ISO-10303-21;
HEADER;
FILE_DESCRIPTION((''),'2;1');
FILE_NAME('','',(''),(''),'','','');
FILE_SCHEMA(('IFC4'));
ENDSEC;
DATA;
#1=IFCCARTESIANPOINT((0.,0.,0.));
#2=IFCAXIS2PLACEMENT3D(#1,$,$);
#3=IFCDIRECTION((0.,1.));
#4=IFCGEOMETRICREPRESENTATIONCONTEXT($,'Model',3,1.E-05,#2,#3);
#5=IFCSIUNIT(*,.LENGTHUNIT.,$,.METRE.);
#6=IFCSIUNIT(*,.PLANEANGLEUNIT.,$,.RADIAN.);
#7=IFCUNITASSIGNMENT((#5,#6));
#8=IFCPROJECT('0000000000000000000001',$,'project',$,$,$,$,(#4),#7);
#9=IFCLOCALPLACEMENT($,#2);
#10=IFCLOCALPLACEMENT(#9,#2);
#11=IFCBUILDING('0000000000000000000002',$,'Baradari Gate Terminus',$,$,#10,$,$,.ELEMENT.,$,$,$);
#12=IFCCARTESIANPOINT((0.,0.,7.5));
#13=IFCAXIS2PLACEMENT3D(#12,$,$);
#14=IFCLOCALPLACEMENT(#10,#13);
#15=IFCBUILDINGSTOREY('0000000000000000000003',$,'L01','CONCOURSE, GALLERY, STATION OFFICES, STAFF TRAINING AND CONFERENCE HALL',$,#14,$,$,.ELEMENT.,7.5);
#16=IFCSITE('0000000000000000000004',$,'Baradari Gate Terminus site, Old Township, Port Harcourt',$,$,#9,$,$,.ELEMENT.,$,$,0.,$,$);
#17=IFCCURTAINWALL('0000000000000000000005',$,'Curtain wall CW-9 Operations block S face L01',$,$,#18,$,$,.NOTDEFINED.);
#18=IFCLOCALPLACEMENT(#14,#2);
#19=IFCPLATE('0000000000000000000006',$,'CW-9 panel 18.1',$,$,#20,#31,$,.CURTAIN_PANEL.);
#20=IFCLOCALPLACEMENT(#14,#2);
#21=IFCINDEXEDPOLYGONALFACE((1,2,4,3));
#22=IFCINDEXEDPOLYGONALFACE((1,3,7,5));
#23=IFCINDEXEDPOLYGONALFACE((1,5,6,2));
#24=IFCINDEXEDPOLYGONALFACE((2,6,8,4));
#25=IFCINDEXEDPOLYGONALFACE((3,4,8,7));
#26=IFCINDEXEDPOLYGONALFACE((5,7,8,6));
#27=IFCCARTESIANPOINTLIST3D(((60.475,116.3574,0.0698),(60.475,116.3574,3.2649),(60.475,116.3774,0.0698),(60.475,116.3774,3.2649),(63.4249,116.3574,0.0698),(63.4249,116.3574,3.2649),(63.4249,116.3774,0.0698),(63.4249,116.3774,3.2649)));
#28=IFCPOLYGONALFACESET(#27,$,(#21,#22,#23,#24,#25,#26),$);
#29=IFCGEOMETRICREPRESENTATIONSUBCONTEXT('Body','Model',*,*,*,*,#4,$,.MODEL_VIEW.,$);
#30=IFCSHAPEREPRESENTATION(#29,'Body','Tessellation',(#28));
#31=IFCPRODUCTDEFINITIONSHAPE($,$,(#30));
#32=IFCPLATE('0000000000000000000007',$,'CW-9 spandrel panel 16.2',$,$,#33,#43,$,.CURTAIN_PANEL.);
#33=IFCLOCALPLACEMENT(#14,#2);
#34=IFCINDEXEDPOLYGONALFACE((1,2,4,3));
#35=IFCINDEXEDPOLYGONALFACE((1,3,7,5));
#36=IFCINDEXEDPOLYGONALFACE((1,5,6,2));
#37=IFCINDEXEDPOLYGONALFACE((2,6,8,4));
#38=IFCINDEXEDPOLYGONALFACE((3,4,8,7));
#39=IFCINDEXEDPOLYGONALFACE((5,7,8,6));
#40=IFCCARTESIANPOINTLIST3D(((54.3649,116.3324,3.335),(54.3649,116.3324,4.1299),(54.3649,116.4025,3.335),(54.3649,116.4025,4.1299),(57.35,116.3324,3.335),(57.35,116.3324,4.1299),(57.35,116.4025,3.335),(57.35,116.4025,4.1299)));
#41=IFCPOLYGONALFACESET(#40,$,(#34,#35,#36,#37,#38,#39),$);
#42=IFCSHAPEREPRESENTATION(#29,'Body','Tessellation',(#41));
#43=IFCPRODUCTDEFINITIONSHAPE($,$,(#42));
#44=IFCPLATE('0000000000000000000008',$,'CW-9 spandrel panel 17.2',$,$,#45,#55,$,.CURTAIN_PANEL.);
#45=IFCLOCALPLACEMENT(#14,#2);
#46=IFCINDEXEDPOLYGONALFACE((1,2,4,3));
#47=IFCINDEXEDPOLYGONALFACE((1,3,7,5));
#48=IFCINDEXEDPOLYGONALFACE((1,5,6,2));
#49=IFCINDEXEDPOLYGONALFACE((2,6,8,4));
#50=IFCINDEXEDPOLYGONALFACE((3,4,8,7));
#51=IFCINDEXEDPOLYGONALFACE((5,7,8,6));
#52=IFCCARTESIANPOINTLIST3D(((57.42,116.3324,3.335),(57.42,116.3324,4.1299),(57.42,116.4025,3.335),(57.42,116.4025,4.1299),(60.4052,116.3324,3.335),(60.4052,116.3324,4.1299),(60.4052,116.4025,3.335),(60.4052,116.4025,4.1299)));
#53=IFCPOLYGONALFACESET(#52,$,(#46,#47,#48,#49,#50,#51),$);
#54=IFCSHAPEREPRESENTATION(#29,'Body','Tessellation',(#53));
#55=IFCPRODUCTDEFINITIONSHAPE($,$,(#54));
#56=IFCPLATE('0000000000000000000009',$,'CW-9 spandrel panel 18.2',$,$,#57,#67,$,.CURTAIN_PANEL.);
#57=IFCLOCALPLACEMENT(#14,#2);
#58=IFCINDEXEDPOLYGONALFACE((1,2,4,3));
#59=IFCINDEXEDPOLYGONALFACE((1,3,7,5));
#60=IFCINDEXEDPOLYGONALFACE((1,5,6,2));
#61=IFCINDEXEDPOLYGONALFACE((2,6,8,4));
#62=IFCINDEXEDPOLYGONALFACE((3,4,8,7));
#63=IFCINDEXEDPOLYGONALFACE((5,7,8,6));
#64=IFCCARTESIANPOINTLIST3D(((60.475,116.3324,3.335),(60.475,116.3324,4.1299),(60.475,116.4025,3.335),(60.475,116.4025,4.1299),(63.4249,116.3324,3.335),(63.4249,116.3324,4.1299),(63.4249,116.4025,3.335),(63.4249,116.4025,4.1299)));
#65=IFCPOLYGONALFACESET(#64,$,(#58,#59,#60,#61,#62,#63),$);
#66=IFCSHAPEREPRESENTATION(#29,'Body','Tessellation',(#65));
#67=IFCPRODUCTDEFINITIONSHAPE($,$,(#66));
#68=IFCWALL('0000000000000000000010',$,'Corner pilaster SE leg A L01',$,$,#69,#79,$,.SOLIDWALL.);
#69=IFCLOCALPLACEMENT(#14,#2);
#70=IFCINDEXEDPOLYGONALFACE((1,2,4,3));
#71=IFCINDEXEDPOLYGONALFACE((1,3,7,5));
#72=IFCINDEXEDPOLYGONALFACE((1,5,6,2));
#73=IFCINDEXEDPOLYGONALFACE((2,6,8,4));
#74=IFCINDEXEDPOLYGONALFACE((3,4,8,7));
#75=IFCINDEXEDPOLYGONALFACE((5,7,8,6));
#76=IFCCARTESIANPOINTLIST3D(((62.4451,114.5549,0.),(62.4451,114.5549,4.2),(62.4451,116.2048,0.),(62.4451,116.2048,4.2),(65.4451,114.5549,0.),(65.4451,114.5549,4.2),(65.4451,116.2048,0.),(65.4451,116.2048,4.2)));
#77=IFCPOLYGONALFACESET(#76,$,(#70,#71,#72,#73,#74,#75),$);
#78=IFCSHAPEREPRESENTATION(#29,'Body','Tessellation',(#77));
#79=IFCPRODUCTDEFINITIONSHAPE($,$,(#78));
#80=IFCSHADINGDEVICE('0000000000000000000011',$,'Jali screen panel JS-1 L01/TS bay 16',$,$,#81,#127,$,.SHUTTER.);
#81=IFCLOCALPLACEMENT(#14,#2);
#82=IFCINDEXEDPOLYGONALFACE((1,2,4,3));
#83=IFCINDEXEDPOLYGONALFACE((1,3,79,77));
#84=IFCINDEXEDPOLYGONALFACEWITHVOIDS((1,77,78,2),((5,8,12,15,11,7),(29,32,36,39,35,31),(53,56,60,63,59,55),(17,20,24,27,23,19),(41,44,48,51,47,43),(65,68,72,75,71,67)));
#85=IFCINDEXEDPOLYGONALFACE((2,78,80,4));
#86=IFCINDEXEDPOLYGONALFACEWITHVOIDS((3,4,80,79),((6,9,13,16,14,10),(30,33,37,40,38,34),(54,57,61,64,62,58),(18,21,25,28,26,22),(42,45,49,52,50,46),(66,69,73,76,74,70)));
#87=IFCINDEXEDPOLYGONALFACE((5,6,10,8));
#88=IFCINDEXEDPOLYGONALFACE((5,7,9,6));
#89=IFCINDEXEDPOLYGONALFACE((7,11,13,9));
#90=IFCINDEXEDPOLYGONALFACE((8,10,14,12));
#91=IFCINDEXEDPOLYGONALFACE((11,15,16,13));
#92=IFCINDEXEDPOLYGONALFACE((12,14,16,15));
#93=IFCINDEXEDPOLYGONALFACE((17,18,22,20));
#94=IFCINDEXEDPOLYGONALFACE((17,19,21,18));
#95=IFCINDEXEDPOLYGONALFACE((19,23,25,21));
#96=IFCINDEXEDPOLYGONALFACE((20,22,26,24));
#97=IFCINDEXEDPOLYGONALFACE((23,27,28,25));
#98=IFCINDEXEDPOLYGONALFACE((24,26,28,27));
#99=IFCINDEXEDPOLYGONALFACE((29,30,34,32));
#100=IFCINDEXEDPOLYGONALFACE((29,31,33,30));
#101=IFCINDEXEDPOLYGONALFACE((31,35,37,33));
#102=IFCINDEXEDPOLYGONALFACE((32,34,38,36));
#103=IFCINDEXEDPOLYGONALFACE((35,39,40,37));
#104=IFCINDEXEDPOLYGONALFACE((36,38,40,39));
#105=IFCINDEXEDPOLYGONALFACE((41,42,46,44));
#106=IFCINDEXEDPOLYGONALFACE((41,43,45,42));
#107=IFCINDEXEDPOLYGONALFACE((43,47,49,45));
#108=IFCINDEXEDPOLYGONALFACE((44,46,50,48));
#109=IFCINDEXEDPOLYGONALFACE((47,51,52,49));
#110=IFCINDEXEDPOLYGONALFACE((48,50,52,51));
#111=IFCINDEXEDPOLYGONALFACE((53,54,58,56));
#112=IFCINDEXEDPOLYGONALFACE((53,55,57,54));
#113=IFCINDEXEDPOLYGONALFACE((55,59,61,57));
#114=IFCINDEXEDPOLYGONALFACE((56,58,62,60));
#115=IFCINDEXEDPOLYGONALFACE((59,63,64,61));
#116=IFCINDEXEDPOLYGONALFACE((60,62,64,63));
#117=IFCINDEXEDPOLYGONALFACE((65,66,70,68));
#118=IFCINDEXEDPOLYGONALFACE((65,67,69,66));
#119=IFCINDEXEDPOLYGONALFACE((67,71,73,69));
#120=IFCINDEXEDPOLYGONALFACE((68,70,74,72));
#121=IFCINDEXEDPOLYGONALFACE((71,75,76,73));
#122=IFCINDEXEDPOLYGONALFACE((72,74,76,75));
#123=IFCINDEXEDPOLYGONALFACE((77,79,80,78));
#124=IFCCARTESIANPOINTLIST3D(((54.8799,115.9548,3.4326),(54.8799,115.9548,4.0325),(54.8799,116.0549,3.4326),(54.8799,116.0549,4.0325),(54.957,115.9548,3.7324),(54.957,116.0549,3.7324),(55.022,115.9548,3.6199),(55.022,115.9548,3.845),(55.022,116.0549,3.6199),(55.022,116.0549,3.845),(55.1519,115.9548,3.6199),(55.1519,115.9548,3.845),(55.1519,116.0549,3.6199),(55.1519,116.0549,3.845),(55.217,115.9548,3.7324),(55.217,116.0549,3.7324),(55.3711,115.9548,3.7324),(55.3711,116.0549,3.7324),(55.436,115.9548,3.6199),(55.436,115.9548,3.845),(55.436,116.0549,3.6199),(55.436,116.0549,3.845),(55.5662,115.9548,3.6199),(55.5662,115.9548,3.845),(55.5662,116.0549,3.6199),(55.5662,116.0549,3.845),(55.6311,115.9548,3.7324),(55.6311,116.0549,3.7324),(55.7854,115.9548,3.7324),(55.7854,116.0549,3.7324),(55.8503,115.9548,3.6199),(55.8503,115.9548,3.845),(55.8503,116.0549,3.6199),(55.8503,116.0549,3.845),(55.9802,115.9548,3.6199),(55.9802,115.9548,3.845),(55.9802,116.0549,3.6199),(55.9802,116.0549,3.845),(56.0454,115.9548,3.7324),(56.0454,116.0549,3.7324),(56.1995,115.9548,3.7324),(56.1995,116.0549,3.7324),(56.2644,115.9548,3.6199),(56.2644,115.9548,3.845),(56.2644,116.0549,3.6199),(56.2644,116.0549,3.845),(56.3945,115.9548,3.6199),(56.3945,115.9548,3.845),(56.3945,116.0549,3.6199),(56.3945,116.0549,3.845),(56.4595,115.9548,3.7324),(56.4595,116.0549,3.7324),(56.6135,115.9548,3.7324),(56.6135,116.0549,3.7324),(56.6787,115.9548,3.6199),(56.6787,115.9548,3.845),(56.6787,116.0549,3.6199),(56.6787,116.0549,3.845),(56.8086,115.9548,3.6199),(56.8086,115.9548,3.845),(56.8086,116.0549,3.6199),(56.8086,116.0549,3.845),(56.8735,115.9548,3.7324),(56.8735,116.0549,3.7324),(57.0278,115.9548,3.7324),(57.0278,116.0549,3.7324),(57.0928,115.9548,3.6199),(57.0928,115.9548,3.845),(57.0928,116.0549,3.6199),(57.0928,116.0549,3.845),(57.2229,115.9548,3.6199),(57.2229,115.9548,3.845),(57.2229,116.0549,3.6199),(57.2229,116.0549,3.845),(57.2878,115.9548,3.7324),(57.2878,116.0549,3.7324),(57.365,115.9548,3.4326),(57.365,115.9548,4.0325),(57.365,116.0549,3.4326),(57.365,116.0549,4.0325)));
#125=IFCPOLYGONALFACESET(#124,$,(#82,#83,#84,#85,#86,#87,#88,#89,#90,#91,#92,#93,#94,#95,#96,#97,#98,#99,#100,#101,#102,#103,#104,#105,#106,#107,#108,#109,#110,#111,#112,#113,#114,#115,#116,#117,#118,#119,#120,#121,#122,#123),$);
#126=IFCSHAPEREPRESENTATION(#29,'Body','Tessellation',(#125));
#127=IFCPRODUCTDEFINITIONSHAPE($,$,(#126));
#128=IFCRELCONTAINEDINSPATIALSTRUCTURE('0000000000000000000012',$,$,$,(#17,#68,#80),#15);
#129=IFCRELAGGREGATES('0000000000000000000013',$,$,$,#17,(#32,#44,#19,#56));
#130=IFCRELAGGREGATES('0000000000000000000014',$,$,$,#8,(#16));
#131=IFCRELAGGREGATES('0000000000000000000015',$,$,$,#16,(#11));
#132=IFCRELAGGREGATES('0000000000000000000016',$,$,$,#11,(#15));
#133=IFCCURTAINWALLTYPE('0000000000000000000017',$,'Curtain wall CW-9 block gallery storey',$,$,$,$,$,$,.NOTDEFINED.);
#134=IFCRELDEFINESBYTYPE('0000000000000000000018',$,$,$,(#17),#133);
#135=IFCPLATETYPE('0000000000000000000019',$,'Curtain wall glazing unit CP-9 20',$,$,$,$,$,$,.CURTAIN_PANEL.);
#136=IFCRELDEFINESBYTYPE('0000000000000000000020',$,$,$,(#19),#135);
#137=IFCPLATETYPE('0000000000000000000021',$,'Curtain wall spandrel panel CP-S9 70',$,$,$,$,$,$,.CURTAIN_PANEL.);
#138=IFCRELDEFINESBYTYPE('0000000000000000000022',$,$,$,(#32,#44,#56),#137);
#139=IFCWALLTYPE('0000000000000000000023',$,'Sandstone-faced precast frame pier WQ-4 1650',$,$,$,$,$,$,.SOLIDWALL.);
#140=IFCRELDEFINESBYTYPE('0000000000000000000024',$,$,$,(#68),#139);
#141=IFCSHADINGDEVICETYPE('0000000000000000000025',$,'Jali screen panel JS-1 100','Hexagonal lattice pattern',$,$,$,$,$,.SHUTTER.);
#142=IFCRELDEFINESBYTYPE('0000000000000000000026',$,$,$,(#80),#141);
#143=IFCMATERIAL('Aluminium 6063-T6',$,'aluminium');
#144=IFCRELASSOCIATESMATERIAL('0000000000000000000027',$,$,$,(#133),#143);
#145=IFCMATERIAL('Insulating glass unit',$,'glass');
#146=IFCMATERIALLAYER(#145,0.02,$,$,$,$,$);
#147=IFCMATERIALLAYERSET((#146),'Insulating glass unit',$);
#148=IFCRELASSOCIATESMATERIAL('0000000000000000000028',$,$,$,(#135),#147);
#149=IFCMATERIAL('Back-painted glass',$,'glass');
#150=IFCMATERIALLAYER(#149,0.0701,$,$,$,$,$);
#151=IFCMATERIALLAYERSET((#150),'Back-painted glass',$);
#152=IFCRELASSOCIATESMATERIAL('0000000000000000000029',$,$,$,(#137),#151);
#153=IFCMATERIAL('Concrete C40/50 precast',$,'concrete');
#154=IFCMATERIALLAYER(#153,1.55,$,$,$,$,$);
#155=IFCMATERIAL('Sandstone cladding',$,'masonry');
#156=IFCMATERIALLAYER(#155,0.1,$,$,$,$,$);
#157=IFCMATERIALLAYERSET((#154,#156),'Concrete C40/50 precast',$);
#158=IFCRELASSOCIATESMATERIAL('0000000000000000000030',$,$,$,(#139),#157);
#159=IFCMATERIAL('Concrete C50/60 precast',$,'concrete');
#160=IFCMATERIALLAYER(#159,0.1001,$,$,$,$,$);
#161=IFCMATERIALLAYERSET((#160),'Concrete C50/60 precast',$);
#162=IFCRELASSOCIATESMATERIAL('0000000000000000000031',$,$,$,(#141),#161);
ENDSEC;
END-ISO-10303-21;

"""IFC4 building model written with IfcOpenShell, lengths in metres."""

from ifc_helpers import new_model, si_unit, direction, frame, frame_2d, origin, origin_2d, place, context, subcontext, project, spatial, polyline, rectangle, outline, extrude, material, layer, layer_set, type_object, element, aggregate, save


model = new_model("IFC4")

# Units and contexts
model_context = context("Model", 3, precision=1e-05, world=origin(), true_north=direction((0.0, 1.0)))
body_context = subcontext(model_context, "Body", "Model", "MODEL_VIEW")
ifc_project = project(units=[si_unit("LENGTHUNIT", "METRE"), si_unit("PLANEANGLEUNIT", "RADIAN")], contexts=[model_context])

# Site, building, storey
site_placement = place(None, origin())
site = spatial("IfcSite", under=ifc_project, at=site_placement, Name="Baradari Gate Terminus site, Old Township, Port Harcourt", CompositionType="ELEMENT", RefElevation=0.0)
building_placement = place(site_placement, origin())
building = spatial("IfcBuilding", under=site, at=building_placement, Name="Baradari Gate Terminus", CompositionType="ELEMENT")
storey_placement = place(building_placement, frame((0.0, 0.0, 7.5)))
storey = spatial("IfcBuildingStorey", under=building, at=storey_placement, Name="L01", Description="CONCOURSE, GALLERY, STATION OFFICES, STAFF TRAINING AND CONFERENCE HALL", CompositionType="ELEMENT", Elevation=7.5)

# Curtain wall, plates
ifc_material_1 = material(Name="Aluminium 6063-T6", Category="aluminium")
curtain_wall_type = type_object("IfcCurtainWallType", Name="Curtain wall CW-9 block gallery storey", PredefinedType="NOTDEFINED", material=ifc_material_1)
curtain_wall_placement = place(storey_placement, origin())
curtain_wall = element("IfcCurtainWall", 1, at=curtain_wall_placement, inside=storey, type_object=curtain_wall_type, Name="Curtain wall CW-9 Operations block S face L01", PredefinedType="NOTDEFINED")
ifc_material_2 = material(Name="Insulating glass unit", Category="glass")
ifc_layer_1 = layer(ifc_material_2, 0.02)
ifc_layer_set_1 = layer_set([ifc_layer_1], Name="Insulating glass unit")
plate_type_1 = type_object("IfcPlateType", Name="Curtain wall glazing unit CP-9 20", PredefinedType="CURTAIN_PANEL", material=ifc_layer_set_1)
plate_1_placement = place(storey_placement, frame((61.95, 116.3674, 0.0698), z_axis=(0.0, 0.0, 1.0), x_axis=(1.0, 0.0, 0.0)))
plate_1 = element("IfcPlate", 2, at=plate_1_placement, type_object=plate_type_1, Name="CW-9 panel 18.1", PredefinedType="CURTAIN_PANEL", context=body_context, shape_type="SweptSolid", body=[
    extrude(rectangle(XDim=2.95, YDim=0.02, at=origin_2d()), origin(), (0.0, 0.0, 1.0), 3.1951),
])
ifc_material_3 = material(Name="Back-painted glass", Category="glass")
ifc_layer_2 = layer(ifc_material_3, 0.0701)
ifc_layer_set_2 = layer_set([ifc_layer_2], Name="Back-painted glass")
plate_type_2 = type_object("IfcPlateType", Name="Curtain wall spandrel panel CP-S9 70", PredefinedType="CURTAIN_PANEL", material=ifc_layer_set_2)
plate_2_placement = place(storey_placement, frame((55.8574, 116.3674, 3.335), z_axis=(0.0, 0.0, 1.0), x_axis=(1.0, 0.0, 0.0)))
plate_2 = element("IfcPlate", 3, at=plate_2_placement, type_object=plate_type_2, Name="CW-9 spandrel panel 16.2", PredefinedType="CURTAIN_PANEL", context=body_context, shape_type="SweptSolid", body=[
    extrude(rectangle(XDim=2.9851, YDim=0.0701, at=origin_2d()), origin(), (0.0, 0.0, 1.0), 0.7949),
])
plate_3_placement = place(storey_placement, frame((58.9126, 116.3674, 3.335), z_axis=(0.0, 0.0, 1.0), x_axis=(1.0, 0.0, 0.0)))
plate_3 = element("IfcPlate", 4, at=plate_3_placement, type_object=plate_type_2, Name="CW-9 spandrel panel 17.2", PredefinedType="CURTAIN_PANEL", context=body_context, shape_type="SweptSolid", body=[
    extrude(rectangle(XDim=2.9851, YDim=0.0701, at=origin_2d()), origin(), (0.0, 0.0, 1.0), 0.7949),
])
plate_4_placement = place(storey_placement, frame((61.95, 116.3674, 3.335), z_axis=(0.0, 0.0, 1.0), x_axis=(1.0, 0.0, 0.0)))
plate_4 = element("IfcPlate", 5, at=plate_4_placement, type_object=plate_type_2, Name="CW-9 spandrel panel 18.2", PredefinedType="CURTAIN_PANEL", context=body_context, shape_type="SweptSolid", body=[
    extrude(rectangle(XDim=2.95, YDim=0.0701, at=origin_2d()), origin(), (0.0, 0.0, 1.0), 0.7949),
])
aggregate(curtain_wall, [plate_2, plate_3, plate_1, plate_4])

# Wall
ifc_material_4 = material(Name="Concrete C40/50 precast", Category="concrete")
ifc_layer_3 = layer(ifc_material_4, 1.55)
ifc_material_5 = material(Name="Sandstone cladding", Category="masonry")
ifc_layer_4 = layer(ifc_material_5, 0.1)
ifc_layer_set_3 = layer_set([ifc_layer_3, ifc_layer_4], Name="Concrete C40/50 precast")
wall_type = type_object("IfcWallType", Name="Sandstone-faced precast frame pier WQ-4 1650", PredefinedType="SOLIDWALL", material=ifc_layer_set_3)
wall_placement = place(storey_placement, frame((62.4451, 115.3799, 0.0), z_axis=(0.0, 0.0, 1.0), x_axis=(1.0, 0.0, 0.0)))
element("IfcWall", 6, at=wall_placement, inside=storey, type_object=wall_type, Name="Corner pilaster SE leg A L01", PredefinedType="SOLIDWALL", context=body_context, shape_type="SweptSolid", body=[
    extrude(rectangle(XDim=3.0, YDim=1.6499, at=frame_2d((1.5, 0.0))), origin(), (0.0, 0.0, 1.0), 4.2),
])

# Shading device
ifc_material_6 = material(Name="Concrete C50/60 precast", Category="concrete")
ifc_layer_5 = layer(ifc_material_6, 0.1001)
ifc_layer_set_4 = layer_set([ifc_layer_5], Name="Concrete C50/60 precast")
shading_device_type = type_object("IfcShadingDeviceType", Name="Jali screen panel JS-1 100", Description="Hexagonal lattice pattern", PredefinedType="SHUTTER", material=ifc_layer_set_4)
shading_device_1_placement = place(storey_placement, frame((54.8799, 116.0049, 3.4326), z_axis=(0.0, 0.0, 1.0), x_axis=(1.0, 0.0, 0.0)))
element("IfcShadingDevice", 7, at=shading_device_1_placement, inside=storey, type_object=shading_device_type, Name="Jali screen panel JS-1 L01/TS bay 16", PredefinedType="SHUTTER", context=body_context, shape_type="SweptSolid", body=[
    extrude(outline(polyline([(0.0, 0.0), (2.4851, 0.0), (2.4851, 0.5999), (0.0, 0.5999), (0.0, 0.0)]), holes=[polyline([(0.3372, 0.2998), (0.272, 0.1873), (0.1421, 0.1873), (0.0771, 0.2998), (0.1421, 0.4124), (0.272, 0.4124), (0.3372, 0.2998)]), polyline([(0.7512, 0.2998), (0.6863, 0.1873), (0.5562, 0.1873), (0.4912, 0.2998), (0.5562, 0.4124), (0.6863, 0.4124), (0.7512, 0.2998)]), polyline([(1.1655, 0.2998), (1.1003, 0.1873), (0.9705, 0.1873), (0.9055, 0.2998), (0.9705, 0.4124), (1.1003, 0.4124), (1.1655, 0.2998)]), polyline([(1.5796, 0.2998), (1.5146, 0.1873), (1.3845, 0.1873), (1.3196, 0.2998), (1.3845, 0.4124), (1.5146, 0.4124), (1.5796, 0.2998)]), polyline([(1.9937, 0.2998), (1.9287, 0.1873), (1.7988, 0.1873), (1.7336, 0.2998), (1.7988, 0.4124), (1.9287, 0.4124), (1.9937, 0.2998)]), polyline([(2.408, 0.2998), (2.343, 0.1873), (2.2129, 0.1873), (2.1479, 0.2998), (2.2129, 0.4124), (2.343, 0.4124), (2.408, 0.2998)])]), frame((0.0, 0.05, 0.0), z_axis=(0.0, -1.0, 0.0), x_axis=(1.0, 0.0, 0.0)), (0.0, 0.0, 1.0), 0.1001),
])

save(model, "model.ifc")
